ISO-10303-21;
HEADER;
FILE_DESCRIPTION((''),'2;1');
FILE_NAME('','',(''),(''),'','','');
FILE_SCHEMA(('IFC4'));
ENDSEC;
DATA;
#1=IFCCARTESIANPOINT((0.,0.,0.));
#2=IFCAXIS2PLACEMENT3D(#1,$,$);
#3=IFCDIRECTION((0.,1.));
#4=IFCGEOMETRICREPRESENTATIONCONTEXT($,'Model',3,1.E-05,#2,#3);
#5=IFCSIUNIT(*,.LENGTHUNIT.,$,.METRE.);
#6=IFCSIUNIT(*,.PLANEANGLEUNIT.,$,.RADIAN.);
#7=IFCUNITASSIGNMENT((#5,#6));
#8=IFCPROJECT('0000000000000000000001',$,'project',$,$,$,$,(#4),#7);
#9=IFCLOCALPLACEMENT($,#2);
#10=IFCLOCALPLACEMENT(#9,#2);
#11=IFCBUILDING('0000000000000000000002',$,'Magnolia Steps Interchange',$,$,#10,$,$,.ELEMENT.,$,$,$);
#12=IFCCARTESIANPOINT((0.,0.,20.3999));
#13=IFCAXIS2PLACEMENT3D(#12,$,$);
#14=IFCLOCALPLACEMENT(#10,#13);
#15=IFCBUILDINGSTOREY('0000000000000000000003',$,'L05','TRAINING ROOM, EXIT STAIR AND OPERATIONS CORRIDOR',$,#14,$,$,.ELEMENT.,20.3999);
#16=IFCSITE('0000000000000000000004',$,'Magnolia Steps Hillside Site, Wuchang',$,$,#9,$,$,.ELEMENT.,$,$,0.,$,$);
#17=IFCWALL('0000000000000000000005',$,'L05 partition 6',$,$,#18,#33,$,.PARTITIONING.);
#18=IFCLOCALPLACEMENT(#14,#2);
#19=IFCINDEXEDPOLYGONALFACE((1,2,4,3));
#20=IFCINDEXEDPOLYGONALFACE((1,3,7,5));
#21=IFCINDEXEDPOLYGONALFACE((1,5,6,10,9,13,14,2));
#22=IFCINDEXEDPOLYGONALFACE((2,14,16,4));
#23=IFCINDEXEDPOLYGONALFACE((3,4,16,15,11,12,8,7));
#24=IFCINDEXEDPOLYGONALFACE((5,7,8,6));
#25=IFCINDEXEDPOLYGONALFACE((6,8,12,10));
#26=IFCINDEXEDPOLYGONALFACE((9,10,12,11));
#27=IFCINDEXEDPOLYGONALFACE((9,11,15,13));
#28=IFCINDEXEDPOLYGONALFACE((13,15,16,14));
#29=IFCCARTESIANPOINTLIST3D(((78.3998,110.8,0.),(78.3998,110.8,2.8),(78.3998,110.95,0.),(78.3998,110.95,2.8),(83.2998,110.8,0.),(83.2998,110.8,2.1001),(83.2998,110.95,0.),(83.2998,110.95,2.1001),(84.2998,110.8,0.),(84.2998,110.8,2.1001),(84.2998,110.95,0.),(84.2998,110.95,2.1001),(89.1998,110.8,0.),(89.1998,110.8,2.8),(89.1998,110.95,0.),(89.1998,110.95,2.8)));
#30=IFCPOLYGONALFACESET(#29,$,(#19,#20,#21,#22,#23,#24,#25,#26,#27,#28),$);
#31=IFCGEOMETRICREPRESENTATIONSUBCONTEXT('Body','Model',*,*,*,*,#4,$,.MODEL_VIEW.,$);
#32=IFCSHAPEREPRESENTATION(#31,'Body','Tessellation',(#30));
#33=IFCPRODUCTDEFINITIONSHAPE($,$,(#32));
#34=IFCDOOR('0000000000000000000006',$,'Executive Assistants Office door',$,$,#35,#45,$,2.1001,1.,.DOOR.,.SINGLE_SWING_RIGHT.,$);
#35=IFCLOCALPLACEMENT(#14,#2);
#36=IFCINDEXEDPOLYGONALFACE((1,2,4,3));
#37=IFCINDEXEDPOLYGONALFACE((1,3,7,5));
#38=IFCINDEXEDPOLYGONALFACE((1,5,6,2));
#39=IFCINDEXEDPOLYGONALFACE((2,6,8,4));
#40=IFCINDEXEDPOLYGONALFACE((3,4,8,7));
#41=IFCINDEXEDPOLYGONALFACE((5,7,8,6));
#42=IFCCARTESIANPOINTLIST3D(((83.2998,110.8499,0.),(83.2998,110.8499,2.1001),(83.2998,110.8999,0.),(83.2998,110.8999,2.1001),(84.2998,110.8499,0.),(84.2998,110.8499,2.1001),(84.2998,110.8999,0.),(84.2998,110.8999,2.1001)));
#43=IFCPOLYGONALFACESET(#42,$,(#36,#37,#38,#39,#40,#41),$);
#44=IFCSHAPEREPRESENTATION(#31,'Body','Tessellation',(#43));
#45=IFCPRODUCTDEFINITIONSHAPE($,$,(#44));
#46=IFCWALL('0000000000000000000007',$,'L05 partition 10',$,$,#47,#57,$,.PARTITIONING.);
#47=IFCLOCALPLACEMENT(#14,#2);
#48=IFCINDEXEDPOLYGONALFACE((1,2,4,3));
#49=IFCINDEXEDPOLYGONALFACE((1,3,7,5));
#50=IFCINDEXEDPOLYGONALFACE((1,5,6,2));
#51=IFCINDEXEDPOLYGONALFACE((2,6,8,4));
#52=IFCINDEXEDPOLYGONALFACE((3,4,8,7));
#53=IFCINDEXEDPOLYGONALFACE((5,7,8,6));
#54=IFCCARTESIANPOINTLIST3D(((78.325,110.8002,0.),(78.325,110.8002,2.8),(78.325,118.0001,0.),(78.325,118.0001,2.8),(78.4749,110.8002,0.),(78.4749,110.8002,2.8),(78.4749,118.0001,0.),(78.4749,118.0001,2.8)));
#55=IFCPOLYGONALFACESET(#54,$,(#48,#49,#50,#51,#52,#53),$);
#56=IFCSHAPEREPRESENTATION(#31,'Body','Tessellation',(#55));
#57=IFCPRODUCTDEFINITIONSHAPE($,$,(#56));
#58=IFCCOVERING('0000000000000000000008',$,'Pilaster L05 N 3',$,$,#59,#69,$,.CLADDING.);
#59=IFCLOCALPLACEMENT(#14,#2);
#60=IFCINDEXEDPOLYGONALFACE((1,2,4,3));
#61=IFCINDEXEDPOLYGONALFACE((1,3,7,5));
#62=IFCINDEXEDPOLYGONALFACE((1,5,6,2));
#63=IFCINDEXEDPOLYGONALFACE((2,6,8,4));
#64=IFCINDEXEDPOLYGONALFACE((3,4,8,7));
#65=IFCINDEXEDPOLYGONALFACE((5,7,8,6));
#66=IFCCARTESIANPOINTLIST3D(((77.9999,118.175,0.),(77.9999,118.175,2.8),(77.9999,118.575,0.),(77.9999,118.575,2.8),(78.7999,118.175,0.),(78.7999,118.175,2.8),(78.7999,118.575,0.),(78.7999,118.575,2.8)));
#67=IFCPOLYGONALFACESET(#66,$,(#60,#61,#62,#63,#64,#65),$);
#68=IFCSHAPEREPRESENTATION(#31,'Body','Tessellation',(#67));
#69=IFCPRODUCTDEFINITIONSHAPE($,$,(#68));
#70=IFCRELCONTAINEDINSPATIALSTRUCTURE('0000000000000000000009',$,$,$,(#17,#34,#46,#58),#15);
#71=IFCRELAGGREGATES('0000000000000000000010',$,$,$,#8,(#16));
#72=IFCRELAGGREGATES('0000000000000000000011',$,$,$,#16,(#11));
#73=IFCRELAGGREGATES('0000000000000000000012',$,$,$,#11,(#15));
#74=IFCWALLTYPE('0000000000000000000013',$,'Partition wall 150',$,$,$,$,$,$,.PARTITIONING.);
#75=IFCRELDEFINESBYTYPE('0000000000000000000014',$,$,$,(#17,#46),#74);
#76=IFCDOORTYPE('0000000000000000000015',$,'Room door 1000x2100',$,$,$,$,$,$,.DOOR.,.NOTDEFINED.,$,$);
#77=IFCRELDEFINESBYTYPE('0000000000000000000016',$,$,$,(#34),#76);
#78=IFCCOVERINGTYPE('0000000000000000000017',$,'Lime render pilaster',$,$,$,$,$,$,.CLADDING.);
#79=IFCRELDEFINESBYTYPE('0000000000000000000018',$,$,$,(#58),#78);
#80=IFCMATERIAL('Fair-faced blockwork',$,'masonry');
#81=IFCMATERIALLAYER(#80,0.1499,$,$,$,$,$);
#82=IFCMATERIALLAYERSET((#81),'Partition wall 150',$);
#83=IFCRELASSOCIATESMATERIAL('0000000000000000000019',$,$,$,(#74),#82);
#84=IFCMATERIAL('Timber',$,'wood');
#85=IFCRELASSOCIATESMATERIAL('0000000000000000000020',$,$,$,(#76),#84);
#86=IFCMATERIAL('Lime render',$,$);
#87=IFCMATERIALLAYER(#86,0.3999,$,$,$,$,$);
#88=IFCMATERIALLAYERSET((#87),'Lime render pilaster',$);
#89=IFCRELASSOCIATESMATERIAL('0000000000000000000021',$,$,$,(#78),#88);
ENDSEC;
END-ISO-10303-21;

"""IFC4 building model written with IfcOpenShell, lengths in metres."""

from ifc_helpers import new_model, si_unit, direction, frame, frame_2d, origin, origin_2d, place, context, subcontext, project, spatial, rectangle, extrude, material, layer, layer_set, type_object, element, fill, save


model = new_model("IFC4")

# Units and contexts
model_context = context("Model", 3, precision=1e-05, world=origin(), true_north=direction((0.0, 1.0)))
body_context = subcontext(model_context, "Body", "Model", "MODEL_VIEW")
ifc_project = project(units=[si_unit("LENGTHUNIT", "METRE"), si_unit("PLANEANGLEUNIT", "RADIAN")], contexts=[model_context])

# Site, building, storey
site_placement = place(None, origin())
site = spatial("IfcSite", under=ifc_project, at=site_placement, Name="Magnolia Steps Hillside Site, Wuchang", CompositionType="ELEMENT", RefElevation=0.0)
building_placement = place(site_placement, origin())
building = spatial("IfcBuilding", under=site, at=building_placement, Name="Magnolia Steps Interchange", CompositionType="ELEMENT")
storey_placement = place(building_placement, frame((0.0, 0.0, 20.3999)))
storey = spatial("IfcBuildingStorey", under=building, at=storey_placement, Name="L05", Description="TRAINING ROOM, EXIT STAIR AND OPERATIONS CORRIDOR", CompositionType="ELEMENT", Elevation=20.3999)

# Wall, opening, door
ifc_material_1 = material(Name="Fair-faced blockwork", Category="masonry")
ifc_layer_1 = layer(ifc_material_1, 0.1499)
ifc_layer_set_1 = layer_set([ifc_layer_1], Name="Partition wall 150")
wall_type_1 = type_object("IfcWallType", Name="Partition wall 150", PredefinedType="PARTITIONING", material=ifc_layer_set_1)
wall_1_placement = place(storey_placement, frame((78.3999, 110.875, 0.0), z_axis=(0.0, 0.0, 1.0), x_axis=(1.0, 0.0, 0.0)))
wall_1 = element("IfcWall", 1, at=wall_1_placement, inside=storey, type_object=wall_type_1, Name="L05 partition 6", PredefinedType="PARTITIONING", context=body_context, shape_type="SweptSolid", body=[
    extrude(rectangle(XDim=10.8, YDim=0.1499, at=frame_2d((5.3999, 0.0))), origin(), (0.0, 0.0, 1.0), 2.8),
])
opening_1_placement = place(wall_1_placement, frame((4.8999, 0.0, 0.0)))
opening_1 = element("IfcOpeningElement", 2, at=opening_1_placement, cuts=wall_1, PredefinedType="OPENING", context=body_context, shape_type="SweptSolid", body=[
    extrude(rectangle(XDim=1.0, YDim=2.1001, at=frame_2d((0.5, 1.05))), frame((0.0, 0.085, 0.0), z_axis=(0.0, -1.0, 0.0), x_axis=(1.0, 0.0, 0.0)), (0.0, 0.0, 1.0), 0.1699),
])
ifc_material_2 = material(Name="Timber", Category="wood")
door_type = type_object("IfcDoorType", Name="Room door 1000x2100", OperationType="NOTDEFINED", PredefinedType="DOOR", material=ifc_material_2)
door_placement = place(opening_1_placement, origin())
door = element("IfcDoor", 3, at=door_placement, inside=storey, type_object=door_type, Name="Executive Assistants Office door", OperationType="SINGLE_SWING_RIGHT", OverallHeight=2.1001, OverallWidth=1.0, PredefinedType="DOOR", context=body_context, shape_type="SweptSolid", body=[
    extrude(rectangle(XDim=1.0, YDim=2.1001, at=frame_2d((0.5, 1.05))), frame((0.0, 0.0249, 0.0), z_axis=(0.0, -1.0, 0.0), x_axis=(1.0, 0.0, 0.0)), (0.0, 0.0, 1.0), 0.05),
])
fill(opening_1, door)

# Wall
wall_2_placement = place(storey_placement, frame((78.3999, 110.8, 0.0), z_axis=(0.0, 0.0, 1.0), x_axis=(0.0, 1.0, 0.0)))
element("IfcWall", 4, at=wall_2_placement, inside=storey, type_object=wall_type_1, Name="L05 partition 10", PredefinedType="PARTITIONING", context=body_context, shape_type="SweptSolid", body=[
    extrude(rectangle(XDim=7.2, YDim=0.1499, at=frame_2d((3.6001, 0.0))), origin(), (0.0, 0.0, 1.0), 2.8),
])

# Covering
ifc_material_3 = material(Name="Lime render")
ifc_layer_2 = layer(ifc_material_3, 0.3999)
ifc_layer_set_2 = layer_set([ifc_layer_2], Name="Lime render pilaster")
covering_type_1 = type_object("IfcCoveringType", Name="Lime render pilaster", PredefinedType="CLADDING", material=ifc_layer_set_2)
covering_1_placement = place(storey_placement, frame((78.3999, 118.375, 0.0), z_axis=(0.0, 0.0, 1.0), x_axis=(1.0, 0.0, 0.0)))
element("IfcCovering", 5, at=covering_1_placement, inside=storey, type_object=covering_type_1, Name="Pilaster L05 N 3", PredefinedType="CLADDING", context=body_context, shape_type="SweptSolid", body=[
    extrude(rectangle(XDim=0.8, YDim=0.3999, at=origin_2d()), origin(), (0.0, 0.0, 1.0), 2.8),
])

save(model, "model.ifc")
